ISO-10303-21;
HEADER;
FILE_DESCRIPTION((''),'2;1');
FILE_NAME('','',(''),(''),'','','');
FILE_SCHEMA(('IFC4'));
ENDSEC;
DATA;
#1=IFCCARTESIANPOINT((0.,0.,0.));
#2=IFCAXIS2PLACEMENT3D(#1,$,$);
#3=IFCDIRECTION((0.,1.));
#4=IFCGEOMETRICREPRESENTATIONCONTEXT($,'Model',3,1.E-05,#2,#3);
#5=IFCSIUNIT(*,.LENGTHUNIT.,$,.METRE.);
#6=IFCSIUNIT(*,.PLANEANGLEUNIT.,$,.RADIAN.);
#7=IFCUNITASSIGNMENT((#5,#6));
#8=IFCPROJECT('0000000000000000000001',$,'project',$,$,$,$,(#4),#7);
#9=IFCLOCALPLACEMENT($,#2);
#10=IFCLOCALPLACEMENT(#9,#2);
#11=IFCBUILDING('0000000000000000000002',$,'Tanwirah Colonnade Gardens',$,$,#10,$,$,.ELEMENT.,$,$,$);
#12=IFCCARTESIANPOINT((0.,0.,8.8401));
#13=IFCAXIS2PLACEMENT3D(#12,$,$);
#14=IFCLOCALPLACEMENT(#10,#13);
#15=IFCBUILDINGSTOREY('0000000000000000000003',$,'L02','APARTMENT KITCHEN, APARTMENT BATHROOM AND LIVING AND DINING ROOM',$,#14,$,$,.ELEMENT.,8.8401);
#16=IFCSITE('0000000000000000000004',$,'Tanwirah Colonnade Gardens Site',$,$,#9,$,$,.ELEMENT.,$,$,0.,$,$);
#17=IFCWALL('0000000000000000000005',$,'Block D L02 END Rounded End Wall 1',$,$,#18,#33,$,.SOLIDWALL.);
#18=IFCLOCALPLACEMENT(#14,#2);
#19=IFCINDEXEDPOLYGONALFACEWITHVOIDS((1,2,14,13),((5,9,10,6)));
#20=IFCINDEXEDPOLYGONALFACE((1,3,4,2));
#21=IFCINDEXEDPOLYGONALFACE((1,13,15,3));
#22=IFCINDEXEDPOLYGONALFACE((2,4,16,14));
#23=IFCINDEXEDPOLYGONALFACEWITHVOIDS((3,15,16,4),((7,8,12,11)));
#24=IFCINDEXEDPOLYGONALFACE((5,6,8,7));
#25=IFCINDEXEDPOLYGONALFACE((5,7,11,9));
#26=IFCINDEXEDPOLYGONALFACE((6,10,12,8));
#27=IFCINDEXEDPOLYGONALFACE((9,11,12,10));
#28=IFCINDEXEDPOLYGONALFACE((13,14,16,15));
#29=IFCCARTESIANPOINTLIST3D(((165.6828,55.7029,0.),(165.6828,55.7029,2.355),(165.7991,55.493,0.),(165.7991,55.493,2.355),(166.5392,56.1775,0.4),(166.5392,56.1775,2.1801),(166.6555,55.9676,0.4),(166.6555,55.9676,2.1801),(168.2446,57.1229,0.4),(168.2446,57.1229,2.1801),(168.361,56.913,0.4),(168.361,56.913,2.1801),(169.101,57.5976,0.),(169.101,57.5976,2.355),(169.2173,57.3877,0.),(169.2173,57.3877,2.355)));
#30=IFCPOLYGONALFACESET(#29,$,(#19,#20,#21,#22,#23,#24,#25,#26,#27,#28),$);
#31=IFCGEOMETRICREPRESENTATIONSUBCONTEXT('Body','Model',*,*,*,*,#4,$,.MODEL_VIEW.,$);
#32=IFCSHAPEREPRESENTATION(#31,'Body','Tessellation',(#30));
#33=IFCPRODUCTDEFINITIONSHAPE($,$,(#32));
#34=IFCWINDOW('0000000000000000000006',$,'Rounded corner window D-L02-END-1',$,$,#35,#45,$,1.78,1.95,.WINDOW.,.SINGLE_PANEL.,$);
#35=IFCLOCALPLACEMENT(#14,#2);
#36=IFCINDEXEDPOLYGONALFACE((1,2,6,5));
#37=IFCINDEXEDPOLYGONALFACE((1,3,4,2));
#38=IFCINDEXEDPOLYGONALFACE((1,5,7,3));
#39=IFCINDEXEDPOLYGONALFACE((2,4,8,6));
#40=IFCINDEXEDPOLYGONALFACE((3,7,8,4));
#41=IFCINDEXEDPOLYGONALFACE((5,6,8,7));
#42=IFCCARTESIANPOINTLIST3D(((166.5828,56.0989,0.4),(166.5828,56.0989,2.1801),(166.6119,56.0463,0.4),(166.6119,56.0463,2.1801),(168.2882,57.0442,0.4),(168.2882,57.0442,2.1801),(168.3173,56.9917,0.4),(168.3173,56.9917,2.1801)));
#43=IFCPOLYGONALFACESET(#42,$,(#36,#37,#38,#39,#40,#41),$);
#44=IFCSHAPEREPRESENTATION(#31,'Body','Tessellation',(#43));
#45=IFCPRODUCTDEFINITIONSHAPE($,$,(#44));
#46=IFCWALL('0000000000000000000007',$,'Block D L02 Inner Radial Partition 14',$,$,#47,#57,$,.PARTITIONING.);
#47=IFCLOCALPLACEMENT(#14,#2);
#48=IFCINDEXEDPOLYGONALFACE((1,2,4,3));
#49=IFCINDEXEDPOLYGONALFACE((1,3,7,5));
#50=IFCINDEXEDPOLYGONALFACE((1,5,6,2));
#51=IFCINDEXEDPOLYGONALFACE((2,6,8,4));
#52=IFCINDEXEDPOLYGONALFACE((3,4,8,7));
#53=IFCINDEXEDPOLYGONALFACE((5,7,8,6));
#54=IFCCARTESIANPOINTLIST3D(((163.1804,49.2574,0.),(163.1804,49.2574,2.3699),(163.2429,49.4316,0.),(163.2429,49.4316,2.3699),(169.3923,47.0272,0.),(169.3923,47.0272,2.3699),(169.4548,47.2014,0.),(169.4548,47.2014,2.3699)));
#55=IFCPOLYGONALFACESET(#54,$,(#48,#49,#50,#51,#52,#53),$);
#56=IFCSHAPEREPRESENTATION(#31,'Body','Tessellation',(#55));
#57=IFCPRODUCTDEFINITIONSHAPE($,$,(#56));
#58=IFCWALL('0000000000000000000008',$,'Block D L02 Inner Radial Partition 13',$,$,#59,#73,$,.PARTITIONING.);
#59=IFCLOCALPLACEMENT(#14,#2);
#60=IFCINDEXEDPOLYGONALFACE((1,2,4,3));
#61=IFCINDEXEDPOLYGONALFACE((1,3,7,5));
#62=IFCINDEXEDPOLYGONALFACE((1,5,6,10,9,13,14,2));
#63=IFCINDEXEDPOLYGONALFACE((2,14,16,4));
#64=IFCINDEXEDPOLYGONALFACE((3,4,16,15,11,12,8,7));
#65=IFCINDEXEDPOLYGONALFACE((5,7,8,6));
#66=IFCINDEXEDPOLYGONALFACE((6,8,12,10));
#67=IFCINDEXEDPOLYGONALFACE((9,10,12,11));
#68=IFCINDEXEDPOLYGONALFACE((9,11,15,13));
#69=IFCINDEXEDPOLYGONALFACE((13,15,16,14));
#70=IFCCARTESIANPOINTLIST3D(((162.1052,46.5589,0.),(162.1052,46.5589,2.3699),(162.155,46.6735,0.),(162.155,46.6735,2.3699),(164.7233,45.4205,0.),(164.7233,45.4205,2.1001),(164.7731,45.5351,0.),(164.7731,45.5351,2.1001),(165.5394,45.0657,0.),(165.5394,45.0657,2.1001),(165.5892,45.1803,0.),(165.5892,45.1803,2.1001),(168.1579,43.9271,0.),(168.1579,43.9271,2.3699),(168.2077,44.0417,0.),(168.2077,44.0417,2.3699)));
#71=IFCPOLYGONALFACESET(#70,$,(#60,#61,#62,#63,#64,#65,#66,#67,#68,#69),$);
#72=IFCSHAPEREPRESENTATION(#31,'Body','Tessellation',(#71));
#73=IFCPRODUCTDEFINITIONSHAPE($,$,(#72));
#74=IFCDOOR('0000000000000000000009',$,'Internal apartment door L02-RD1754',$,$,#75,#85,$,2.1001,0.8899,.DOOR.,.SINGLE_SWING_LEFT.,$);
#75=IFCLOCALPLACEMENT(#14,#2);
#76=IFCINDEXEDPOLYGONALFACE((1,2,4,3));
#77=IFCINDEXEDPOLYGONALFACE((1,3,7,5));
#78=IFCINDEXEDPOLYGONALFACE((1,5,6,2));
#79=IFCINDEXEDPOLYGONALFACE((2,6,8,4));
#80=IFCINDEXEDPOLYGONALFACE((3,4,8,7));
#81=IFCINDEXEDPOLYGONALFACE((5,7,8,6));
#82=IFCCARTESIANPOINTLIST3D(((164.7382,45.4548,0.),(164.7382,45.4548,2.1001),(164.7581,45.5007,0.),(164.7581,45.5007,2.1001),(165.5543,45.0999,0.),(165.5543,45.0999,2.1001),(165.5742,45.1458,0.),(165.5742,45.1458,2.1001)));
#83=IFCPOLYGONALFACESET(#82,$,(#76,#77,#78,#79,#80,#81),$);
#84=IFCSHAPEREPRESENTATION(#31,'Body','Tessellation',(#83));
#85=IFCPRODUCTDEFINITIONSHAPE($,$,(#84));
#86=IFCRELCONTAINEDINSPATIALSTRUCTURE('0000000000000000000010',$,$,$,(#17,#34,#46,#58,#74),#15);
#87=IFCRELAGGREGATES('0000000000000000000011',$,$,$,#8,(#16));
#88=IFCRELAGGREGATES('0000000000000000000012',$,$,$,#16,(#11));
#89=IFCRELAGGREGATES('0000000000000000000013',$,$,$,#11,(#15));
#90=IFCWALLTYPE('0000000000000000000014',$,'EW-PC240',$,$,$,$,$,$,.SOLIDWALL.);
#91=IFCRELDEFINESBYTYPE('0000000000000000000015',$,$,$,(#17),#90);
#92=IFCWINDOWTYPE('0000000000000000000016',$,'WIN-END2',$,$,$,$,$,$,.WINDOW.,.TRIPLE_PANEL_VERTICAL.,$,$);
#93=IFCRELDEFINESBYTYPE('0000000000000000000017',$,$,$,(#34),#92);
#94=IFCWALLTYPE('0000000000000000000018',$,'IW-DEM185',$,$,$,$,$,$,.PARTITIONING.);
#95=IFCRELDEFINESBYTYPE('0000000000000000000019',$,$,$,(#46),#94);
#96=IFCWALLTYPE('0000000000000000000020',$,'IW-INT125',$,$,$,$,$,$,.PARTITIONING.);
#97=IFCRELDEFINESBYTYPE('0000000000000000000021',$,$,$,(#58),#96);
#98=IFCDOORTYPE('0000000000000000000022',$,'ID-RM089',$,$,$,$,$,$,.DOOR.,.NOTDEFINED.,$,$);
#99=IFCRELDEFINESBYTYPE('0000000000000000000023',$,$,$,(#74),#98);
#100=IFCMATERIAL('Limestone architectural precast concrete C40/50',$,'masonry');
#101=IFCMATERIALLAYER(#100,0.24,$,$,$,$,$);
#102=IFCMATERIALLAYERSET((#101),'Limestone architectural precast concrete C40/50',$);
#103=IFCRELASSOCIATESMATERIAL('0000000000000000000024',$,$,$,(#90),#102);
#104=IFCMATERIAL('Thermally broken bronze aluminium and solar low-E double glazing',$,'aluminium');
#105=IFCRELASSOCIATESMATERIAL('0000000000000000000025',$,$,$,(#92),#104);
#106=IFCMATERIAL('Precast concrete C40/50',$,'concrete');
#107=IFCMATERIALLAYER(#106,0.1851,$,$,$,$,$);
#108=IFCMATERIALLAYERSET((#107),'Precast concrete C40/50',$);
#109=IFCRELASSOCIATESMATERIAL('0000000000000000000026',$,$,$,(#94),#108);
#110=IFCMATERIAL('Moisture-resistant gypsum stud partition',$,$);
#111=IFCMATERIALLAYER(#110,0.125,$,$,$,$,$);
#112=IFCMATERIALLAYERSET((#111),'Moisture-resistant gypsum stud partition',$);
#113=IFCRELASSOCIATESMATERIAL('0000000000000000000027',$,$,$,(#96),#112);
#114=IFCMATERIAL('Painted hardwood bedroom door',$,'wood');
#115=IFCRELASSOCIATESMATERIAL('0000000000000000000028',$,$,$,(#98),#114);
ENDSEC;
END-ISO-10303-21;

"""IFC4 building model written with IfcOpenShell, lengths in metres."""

from ifc_helpers import new_model, si_unit, direction, frame, frame_2d, origin, place, context, subcontext, project, spatial, rectangle, extrude, material, layer, layer_set, type_object, element, fill, save


model = new_model("IFC4")

# Units and contexts
model_context = context("Model", 3, precision=1e-05, world=origin(), true_north=direction((0.0, 1.0)))
body_context = subcontext(model_context, "Body", "Model", "MODEL_VIEW")
ifc_project = project(units=[si_unit("LENGTHUNIT", "METRE"), si_unit("PLANEANGLEUNIT", "RADIAN")], contexts=[model_context])

# Site, building, storey
site_placement = place(None, origin())
site = spatial("IfcSite", under=ifc_project, at=site_placement, Name="Tanwirah Colonnade Gardens Site", CompositionType="ELEMENT", RefElevation=0.0)
building_placement = place(site_placement, origin())
building = spatial("IfcBuilding", under=site, at=building_placement, Name="Tanwirah Colonnade Gardens", CompositionType="ELEMENT")
storey_placement = place(building_placement, frame((0.0, 0.0, 8.8401)))
storey = spatial("IfcBuildingStorey", under=building, at=storey_placement, Name="L02", Description="APARTMENT KITCHEN, APARTMENT BATHROOM AND LIVING AND DINING ROOM", CompositionType="ELEMENT", Elevation=8.8401)

# Shared definitions
ifc_material_1 = material(Name="Precast concrete C40/50", Category="concrete")

# Shared definitions
ifc_material_2 = material(Name="Limestone architectural precast concrete C40/50", Category="masonry")
ifc_layer_1 = layer(ifc_material_2, 0.24)
ifc_layer_set_1 = layer_set([ifc_layer_1], Name="Limestone architectural precast concrete C40/50")
wall_type_1 = type_object("IfcWallType", Name="EW-PC240", PredefinedType="SOLIDWALL", material=ifc_layer_set_1)
ifc_material_3 = material(Name="Thermally broken bronze aluminium and solar low-E double glazing", Category="aluminium")

# Wall, opening, window
wall_1_placement = place(storey_placement, frame((165.741, 55.5979, 0.0), z_axis=(0.0, 0.0, 1.0), x_axis=(0.874617, 0.484815, 0.0)))
wall_1 = element("IfcWall", 1, at=wall_1_placement, inside=storey, type_object=wall_type_1, Name="Block D L02 END Rounded End Wall 1", PredefinedType="SOLIDWALL", context=body_context, shape_type="SweptSolid", body=[
    extrude(rectangle(XDim=3.9082, YDim=0.24, at=frame_2d((1.9541, 0.0))), origin(), (0.0, 0.0, 1.0), 2.355),
])
opening_1_placement = place(wall_1_placement, frame((0.979, 0.0, 0.3999)))
opening_1 = element("IfcOpeningElement", 2, at=opening_1_placement, cuts=wall_1, PredefinedType="OPENING", context=body_context, shape_type="SweptSolid", body=[
    extrude(rectangle(XDim=1.95, YDim=1.78, at=frame_2d((0.9751, 0.8901))), frame((0.0, 0.1299, 0.0), z_axis=(0.0, -1.0, 0.0), x_axis=(1.0, 0.0, 0.0)), (0.0, 0.0, 1.0), 0.26),
])
window_type_1 = type_object("IfcWindowType", Name="WIN-END2", PartitioningType="TRIPLE_PANEL_VERTICAL", PredefinedType="WINDOW", material=ifc_material_3)
window_1_placement = place(opening_1_placement, origin())
window_1 = element("IfcWindow", 3, at=window_1_placement, inside=storey, type_object=window_type_1, Name="Rounded corner window D-L02-END-1", OverallHeight=1.78, OverallWidth=1.95, PartitioningType="SINGLE_PANEL", PredefinedType="WINDOW", context=body_context, shape_type="SweptSolid", body=[
    extrude(rectangle(XDim=1.95, YDim=1.78, at=frame_2d((0.9751, 0.8901))), frame((0.0, 0.03, 0.0), z_axis=(0.0, -1.0, 0.0), x_axis=(1.0, 0.0, 0.0)), (0.0, 0.0, 1.0), 0.0601),
])
fill(opening_1, window_1)

# Wall
ifc_layer_2 = layer(ifc_material_1, 0.1851)
ifc_layer_set_2 = layer_set([ifc_layer_2], Name="Precast concrete C40/50")
wall_type_2 = type_object("IfcWallType", Name="IW-DEM185", PredefinedType="PARTITIONING", material=ifc_layer_set_2)
wall_2_placement = place(storey_placement, frame((163.2117, 49.3445, 0.0), z_axis=(0.0, 0.0, 1.0), x_axis=(0.94118, -0.337906, 0.0)))
element("IfcWall", 4, at=wall_2_placement, inside=storey, type_object=wall_type_2, Name="Block D L02 Inner Radial Partition 14", PredefinedType="PARTITIONING", context=body_context, shape_type="SweptSolid", body=[
    extrude(rectangle(XDim=6.6001, YDim=0.1851, at=frame_2d((3.3, 0.0))), origin(), (0.0, 0.0, 1.0), 2.3699),
])

# Wall, opening, door
ifc_material_4 = material(Name="Moisture-resistant gypsum stud partition")
ifc_layer_3 = layer(ifc_material_4, 0.125)
ifc_layer_set_3 = layer_set([ifc_layer_3], Name="Moisture-resistant gypsum stud partition")
wall_type_3 = type_object("IfcWallType", Name="IW-INT125", PredefinedType="PARTITIONING", material=ifc_layer_set_3)
wall_3_placement = place(storey_placement, frame((162.1301, 46.6162, 0.0), z_axis=(0.0, 0.0, 1.0), x_axis=(0.917058, -0.398753, 0.0)))
wall_3 = element("IfcWall", 5, at=wall_3_placement, inside=storey, type_object=wall_type_3, Name="Block D L02 Inner Radial Partition 13", PredefinedType="PARTITIONING", context=body_context, shape_type="SweptSolid", body=[
    extrude(rectangle(XDim=6.6001, YDim=0.125, at=frame_2d((3.3, 0.0))), origin(), (0.0, 0.0, 1.0), 2.3699),
])
opening_2_placement = place(wall_3_placement, frame((2.855, 0.0, 0.0)))
opening_2 = element("IfcOpeningElement", 6, at=opening_2_placement, cuts=wall_3, PredefinedType="OPENING", context=body_context, shape_type="SweptSolid", body=[
    extrude(rectangle(XDim=0.8899, YDim=2.1001, at=frame_2d((0.4448, 1.05))), frame((0.0, 0.0725, 0.0), z_axis=(0.0, -1.0, 0.0), x_axis=(1.0, 0.0, 0.0)), (0.0, 0.0, 1.0), 0.145),
])
ifc_material_5 = material(Name="Painted hardwood bedroom door", Category="wood")
door_type_1 = type_object("IfcDoorType", Name="ID-RM089", OperationType="NOTDEFINED", PredefinedType="DOOR", material=ifc_material_5)
door_1_placement = place(opening_2_placement, origin())
door_1 = element("IfcDoor", 7, at=door_1_placement, inside=storey, type_object=door_type_1, Name="Internal apartment door L02-RD1754", OperationType="SINGLE_SWING_LEFT", OverallHeight=2.1001, OverallWidth=0.8899, PredefinedType="DOOR", context=body_context, shape_type="SweptSolid", body=[
    extrude(rectangle(XDim=0.8899, YDim=2.1001, at=frame_2d((0.4448, 1.05))), frame((0.0, 0.0249, 0.0), z_axis=(0.0, -1.0, 0.0), x_axis=(1.0, 0.0, 0.0)), (0.0, 0.0, 1.0), 0.05),
])
fill(opening_2, door_1)

save(model, "model.ifc")
